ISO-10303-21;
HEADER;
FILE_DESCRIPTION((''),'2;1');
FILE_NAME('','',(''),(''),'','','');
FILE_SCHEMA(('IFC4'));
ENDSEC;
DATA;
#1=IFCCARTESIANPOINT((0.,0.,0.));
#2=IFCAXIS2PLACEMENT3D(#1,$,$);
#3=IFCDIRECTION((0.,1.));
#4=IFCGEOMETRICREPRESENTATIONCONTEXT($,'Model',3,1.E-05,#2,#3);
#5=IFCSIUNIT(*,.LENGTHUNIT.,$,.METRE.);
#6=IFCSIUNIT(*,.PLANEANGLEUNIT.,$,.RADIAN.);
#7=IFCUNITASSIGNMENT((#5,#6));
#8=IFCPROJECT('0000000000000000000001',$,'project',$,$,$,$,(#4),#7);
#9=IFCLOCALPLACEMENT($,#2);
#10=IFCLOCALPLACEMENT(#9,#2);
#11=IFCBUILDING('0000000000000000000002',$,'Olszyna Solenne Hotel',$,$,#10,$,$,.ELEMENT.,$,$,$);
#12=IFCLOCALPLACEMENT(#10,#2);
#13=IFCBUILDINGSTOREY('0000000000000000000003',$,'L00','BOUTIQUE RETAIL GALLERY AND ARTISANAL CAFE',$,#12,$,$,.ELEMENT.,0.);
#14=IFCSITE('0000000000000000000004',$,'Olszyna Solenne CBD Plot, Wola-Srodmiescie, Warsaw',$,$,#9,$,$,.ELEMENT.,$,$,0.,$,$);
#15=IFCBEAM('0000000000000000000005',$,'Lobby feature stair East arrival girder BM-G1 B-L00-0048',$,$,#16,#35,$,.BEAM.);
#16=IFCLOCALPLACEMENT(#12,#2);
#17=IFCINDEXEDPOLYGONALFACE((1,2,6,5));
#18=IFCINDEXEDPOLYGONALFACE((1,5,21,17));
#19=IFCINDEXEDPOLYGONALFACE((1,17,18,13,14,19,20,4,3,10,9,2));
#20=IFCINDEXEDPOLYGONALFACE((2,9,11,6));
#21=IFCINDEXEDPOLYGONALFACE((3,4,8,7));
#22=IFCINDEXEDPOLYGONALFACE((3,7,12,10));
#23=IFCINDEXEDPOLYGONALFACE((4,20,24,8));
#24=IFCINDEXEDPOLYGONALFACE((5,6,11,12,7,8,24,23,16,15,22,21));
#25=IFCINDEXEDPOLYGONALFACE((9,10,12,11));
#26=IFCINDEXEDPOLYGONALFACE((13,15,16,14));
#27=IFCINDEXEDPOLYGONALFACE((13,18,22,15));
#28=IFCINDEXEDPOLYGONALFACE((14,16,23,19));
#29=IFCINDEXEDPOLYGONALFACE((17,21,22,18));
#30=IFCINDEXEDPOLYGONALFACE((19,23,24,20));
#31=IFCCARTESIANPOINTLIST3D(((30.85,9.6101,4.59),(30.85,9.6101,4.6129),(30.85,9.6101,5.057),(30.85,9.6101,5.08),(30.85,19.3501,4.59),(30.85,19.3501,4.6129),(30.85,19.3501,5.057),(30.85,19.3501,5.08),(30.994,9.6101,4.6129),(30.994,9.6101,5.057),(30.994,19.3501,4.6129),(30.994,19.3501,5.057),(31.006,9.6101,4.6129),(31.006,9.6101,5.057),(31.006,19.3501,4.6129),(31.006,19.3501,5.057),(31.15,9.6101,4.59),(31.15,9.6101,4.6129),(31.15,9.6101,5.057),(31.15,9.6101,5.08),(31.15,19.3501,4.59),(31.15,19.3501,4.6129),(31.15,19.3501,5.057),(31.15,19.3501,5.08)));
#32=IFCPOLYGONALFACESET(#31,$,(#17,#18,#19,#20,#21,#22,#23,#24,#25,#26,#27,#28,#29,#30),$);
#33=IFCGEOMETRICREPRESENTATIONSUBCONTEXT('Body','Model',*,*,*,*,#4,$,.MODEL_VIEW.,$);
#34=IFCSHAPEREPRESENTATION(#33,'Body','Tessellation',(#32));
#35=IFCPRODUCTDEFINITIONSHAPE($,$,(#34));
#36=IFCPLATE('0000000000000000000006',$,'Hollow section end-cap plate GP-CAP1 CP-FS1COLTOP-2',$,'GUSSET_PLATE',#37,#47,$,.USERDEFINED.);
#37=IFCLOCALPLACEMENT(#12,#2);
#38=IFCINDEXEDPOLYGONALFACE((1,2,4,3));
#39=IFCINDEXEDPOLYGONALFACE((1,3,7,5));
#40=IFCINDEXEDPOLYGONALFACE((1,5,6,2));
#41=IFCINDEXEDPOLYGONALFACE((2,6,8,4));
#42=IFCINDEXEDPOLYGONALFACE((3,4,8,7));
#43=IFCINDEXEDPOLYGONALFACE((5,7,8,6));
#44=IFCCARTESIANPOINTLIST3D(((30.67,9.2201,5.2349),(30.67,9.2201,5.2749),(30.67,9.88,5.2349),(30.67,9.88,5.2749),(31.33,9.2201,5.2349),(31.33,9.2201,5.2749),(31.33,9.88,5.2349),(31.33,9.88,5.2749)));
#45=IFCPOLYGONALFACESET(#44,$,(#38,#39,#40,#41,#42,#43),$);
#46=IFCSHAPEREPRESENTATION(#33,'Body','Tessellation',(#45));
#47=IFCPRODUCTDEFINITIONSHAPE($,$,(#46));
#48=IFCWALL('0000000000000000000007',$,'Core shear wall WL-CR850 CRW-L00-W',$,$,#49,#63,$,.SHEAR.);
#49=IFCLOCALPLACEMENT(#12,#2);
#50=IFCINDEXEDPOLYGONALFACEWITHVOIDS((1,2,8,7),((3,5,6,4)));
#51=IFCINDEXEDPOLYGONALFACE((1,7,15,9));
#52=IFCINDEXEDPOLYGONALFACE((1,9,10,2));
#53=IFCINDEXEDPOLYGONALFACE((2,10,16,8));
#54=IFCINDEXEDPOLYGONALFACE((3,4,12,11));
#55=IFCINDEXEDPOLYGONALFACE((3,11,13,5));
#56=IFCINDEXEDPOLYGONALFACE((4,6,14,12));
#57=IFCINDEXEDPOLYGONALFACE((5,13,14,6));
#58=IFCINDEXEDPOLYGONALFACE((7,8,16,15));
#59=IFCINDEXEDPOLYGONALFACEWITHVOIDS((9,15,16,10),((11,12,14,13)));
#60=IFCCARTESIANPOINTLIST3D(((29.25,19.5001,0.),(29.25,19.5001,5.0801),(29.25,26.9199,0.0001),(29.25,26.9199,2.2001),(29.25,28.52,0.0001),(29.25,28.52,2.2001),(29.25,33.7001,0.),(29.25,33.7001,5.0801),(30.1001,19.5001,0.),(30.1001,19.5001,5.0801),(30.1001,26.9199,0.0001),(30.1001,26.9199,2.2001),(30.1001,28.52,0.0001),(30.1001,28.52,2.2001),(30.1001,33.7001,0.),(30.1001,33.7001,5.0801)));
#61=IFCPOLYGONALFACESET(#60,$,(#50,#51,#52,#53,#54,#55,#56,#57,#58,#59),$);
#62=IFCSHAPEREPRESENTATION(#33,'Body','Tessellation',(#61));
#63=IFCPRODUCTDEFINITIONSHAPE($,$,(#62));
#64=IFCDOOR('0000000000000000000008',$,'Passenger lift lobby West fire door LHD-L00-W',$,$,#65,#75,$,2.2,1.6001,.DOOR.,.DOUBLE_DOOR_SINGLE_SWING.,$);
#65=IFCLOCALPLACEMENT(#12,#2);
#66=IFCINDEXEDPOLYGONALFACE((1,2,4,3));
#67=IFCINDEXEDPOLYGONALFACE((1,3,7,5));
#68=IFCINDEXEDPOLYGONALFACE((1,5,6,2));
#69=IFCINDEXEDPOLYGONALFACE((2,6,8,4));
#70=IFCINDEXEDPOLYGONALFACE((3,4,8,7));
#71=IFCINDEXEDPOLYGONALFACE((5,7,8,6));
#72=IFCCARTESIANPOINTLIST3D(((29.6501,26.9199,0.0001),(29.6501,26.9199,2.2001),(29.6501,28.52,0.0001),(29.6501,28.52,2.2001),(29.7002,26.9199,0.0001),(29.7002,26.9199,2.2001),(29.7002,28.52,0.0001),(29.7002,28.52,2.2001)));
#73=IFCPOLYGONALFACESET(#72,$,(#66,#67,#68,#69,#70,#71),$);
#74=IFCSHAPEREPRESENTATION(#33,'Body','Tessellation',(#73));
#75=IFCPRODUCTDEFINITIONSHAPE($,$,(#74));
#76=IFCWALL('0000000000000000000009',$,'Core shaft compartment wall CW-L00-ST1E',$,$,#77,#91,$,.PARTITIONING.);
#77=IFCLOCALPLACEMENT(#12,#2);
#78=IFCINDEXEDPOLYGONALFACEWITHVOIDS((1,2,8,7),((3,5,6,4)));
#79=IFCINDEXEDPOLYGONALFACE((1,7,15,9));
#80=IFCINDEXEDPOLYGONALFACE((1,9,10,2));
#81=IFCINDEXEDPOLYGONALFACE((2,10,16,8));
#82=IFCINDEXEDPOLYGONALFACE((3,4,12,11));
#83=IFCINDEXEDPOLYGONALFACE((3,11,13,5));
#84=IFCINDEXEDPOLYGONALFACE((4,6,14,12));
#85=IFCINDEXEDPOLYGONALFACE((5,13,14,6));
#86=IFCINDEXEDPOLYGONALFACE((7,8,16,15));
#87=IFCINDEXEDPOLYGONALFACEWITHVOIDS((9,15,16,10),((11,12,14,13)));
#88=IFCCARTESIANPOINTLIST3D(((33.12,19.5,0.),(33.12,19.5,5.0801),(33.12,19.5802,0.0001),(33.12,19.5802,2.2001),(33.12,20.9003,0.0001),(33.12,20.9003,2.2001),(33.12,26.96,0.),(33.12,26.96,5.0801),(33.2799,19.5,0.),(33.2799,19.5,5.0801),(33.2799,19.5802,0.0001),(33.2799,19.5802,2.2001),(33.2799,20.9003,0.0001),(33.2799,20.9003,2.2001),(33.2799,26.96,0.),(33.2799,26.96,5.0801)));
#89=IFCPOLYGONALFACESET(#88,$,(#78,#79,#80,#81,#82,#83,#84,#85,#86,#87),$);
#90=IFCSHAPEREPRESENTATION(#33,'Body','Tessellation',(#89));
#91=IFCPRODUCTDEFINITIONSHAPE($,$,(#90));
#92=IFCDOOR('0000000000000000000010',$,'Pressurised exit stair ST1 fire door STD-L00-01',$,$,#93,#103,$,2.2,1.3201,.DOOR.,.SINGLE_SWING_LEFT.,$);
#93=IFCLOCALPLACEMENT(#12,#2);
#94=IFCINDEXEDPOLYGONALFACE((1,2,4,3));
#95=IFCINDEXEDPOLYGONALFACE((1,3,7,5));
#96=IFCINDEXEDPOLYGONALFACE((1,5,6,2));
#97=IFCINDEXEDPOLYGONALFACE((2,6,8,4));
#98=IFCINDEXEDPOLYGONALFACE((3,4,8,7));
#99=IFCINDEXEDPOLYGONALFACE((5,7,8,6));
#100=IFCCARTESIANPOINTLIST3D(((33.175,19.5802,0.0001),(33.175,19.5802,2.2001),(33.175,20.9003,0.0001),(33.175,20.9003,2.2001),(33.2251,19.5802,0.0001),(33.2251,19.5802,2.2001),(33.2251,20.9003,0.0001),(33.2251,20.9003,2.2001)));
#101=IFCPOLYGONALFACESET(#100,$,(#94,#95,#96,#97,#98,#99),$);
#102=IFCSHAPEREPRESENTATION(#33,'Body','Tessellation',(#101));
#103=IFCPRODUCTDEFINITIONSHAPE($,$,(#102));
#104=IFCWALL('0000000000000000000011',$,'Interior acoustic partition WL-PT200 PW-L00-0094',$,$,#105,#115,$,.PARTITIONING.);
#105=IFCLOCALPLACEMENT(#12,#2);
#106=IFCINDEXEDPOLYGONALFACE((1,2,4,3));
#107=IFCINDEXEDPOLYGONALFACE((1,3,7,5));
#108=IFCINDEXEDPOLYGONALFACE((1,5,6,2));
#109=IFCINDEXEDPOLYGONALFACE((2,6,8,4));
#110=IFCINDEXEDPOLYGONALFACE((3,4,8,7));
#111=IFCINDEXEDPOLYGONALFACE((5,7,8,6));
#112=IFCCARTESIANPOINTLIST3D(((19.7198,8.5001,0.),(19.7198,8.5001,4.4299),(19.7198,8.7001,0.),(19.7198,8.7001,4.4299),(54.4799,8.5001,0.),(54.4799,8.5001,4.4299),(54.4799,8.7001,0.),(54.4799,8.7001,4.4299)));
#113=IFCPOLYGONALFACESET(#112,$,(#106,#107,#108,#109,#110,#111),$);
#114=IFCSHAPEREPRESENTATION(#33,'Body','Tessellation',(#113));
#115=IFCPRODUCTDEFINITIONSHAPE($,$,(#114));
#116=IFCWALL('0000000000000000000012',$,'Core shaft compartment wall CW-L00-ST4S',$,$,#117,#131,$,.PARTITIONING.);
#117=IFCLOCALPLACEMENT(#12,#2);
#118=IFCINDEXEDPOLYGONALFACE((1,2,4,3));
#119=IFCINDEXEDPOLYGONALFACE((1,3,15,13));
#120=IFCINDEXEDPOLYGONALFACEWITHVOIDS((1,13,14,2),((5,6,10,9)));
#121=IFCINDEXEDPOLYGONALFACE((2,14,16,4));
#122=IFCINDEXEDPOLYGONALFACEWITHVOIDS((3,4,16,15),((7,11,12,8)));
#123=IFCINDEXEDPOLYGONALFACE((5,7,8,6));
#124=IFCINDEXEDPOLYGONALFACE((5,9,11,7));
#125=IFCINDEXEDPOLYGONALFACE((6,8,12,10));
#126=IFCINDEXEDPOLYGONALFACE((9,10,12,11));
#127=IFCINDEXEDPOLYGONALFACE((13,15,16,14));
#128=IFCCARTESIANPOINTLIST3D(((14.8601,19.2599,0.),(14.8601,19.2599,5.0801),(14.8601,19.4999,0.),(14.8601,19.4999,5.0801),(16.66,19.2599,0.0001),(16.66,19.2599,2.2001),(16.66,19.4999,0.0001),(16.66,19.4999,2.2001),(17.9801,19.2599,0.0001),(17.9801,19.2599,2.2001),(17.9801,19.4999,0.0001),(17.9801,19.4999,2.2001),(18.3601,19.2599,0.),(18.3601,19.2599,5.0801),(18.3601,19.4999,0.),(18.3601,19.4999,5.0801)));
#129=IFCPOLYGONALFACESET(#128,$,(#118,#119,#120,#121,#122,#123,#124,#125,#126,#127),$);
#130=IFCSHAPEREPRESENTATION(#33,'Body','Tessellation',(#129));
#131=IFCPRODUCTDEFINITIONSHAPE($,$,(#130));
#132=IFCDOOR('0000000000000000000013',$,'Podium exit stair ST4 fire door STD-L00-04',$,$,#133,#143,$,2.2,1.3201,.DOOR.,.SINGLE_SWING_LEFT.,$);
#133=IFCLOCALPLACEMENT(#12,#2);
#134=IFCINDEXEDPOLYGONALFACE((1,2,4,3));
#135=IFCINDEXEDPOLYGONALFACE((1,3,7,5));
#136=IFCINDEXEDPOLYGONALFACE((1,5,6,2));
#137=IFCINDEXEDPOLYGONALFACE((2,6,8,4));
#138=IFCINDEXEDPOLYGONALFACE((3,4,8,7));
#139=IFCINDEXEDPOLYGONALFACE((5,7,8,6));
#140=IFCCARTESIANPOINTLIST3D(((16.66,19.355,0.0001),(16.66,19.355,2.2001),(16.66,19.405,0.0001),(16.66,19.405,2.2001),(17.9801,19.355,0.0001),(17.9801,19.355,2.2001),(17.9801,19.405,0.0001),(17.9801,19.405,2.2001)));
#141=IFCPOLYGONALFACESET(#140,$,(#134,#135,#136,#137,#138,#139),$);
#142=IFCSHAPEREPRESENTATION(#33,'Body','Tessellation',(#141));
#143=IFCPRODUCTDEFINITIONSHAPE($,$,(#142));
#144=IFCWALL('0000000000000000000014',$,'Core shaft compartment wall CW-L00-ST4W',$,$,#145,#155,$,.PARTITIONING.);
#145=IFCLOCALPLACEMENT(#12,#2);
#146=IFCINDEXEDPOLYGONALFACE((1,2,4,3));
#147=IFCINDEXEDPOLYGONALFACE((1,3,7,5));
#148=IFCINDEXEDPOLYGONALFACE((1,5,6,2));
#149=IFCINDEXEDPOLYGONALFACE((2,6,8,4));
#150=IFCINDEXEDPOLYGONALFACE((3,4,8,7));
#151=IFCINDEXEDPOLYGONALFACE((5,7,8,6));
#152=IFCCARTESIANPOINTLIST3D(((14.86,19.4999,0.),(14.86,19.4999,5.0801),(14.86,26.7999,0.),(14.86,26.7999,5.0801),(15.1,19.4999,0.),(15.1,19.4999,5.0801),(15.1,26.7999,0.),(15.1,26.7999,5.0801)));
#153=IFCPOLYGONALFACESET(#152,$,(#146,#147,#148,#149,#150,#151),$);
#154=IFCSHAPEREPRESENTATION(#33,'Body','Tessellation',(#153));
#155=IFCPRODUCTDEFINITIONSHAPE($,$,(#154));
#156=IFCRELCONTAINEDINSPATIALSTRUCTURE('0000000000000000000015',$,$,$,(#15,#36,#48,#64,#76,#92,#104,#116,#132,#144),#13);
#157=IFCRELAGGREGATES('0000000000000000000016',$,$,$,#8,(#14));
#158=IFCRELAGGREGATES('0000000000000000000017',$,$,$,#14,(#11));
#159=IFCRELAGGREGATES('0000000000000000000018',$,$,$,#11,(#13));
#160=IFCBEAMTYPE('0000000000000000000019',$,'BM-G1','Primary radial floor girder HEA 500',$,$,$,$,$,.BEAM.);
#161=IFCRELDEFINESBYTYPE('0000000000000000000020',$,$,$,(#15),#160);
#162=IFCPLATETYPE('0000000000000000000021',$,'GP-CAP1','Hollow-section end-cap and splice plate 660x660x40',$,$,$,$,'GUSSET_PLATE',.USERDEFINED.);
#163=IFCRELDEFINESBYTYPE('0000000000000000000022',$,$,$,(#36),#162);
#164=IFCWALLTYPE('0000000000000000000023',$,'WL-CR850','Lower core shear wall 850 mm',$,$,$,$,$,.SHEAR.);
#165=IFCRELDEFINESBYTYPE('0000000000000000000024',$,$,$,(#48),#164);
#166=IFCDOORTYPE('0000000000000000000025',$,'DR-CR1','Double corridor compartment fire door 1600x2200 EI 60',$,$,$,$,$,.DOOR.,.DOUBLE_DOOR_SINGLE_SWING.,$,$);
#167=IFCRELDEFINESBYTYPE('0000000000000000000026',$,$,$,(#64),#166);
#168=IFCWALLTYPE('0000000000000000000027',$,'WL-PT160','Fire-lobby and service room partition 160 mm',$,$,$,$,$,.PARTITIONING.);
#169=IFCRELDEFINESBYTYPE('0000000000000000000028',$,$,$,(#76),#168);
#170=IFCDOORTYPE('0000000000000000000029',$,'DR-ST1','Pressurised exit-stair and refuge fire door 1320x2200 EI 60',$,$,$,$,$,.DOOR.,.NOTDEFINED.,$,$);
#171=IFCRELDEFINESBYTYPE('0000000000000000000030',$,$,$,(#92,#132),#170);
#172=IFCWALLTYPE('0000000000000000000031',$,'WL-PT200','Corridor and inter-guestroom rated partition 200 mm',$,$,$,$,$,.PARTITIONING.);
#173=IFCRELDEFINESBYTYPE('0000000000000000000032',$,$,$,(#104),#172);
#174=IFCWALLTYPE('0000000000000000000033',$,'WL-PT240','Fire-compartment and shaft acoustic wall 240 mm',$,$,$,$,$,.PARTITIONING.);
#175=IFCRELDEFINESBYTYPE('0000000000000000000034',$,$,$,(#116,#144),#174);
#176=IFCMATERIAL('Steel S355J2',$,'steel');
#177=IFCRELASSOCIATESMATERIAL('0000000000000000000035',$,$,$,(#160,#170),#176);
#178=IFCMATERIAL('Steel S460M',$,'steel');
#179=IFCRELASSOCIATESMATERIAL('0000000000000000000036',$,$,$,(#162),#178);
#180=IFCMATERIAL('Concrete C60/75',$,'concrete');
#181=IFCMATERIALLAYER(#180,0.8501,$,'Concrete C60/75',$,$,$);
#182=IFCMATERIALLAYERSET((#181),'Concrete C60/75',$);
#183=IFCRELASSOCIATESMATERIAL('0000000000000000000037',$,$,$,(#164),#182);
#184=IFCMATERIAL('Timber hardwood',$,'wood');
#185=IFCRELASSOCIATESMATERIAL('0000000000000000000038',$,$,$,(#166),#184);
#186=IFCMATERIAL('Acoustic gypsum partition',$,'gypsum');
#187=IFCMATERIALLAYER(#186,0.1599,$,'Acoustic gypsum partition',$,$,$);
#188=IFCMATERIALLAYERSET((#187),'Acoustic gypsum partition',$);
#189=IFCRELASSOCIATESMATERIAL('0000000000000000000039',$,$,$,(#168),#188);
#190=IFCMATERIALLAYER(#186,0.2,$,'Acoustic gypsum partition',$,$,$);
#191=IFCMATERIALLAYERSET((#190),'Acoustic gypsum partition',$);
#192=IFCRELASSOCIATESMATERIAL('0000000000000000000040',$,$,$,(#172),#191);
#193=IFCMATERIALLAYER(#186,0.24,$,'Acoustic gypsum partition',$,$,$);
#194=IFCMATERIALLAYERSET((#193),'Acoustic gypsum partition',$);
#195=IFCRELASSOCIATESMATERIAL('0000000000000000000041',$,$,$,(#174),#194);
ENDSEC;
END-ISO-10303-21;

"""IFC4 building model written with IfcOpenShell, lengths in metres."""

from ifc_helpers import new_model, si_unit, direction, frame, frame_2d, origin, origin_2d, place, context, subcontext, project, spatial, rectangle, i_section, extrude, source, transform, mapped, material, layer, layer_set, material_profile, profile_set, type_object, type_shapes, element, fill, save


model = new_model("IFC4")

# Units and contexts
model_context = context("Model", 3, precision=1e-05, world=origin(), true_north=direction((0.0, 1.0)))
body_context = subcontext(model_context, "Body", "Model", "MODEL_VIEW")
ifc_project = project(units=[si_unit("LENGTHUNIT", "METRE"), si_unit("PLANEANGLEUNIT", "RADIAN")], contexts=[model_context])

# Site, building, storey
site_placement = place(None, origin())
site = spatial("IfcSite", under=ifc_project, at=site_placement, Name="Olszyna Solenne CBD Plot, Wola-Srodmiescie, Warsaw", CompositionType="ELEMENT", RefElevation=0.0)
building_placement = place(site_placement, origin())
building = spatial("IfcBuilding", under=site, at=building_placement, Name="Olszyna Solenne Hotel", CompositionType="ELEMENT")
storey_placement = place(building_placement, origin())
storey = spatial("IfcBuildingStorey", under=building, at=storey_placement, Name="L00", Description="BOUTIQUE RETAIL GALLERY AND ARTISANAL CAFE", CompositionType="ELEMENT", Elevation=0.0)

# Shared definitions
ifc_material_1 = material(Name="Concrete C60/75", Category="concrete")
ifc_material_2 = material(Name="Steel S460M", Category="steel")

# Beam
ifc_material_3 = material(Name="Steel S355J2", Category="steel")
ifc_material_profile_1 = material_profile(ifc_material_3, i_section(OverallWidth=0.3, OverallDepth=0.49, WebThickness=0.012, FlangeThickness=0.0229, at=origin_2d()), Name="HEA 500", Category="load-bearing")
ifc_profile_set_1 = profile_set([ifc_material_profile_1], Name="Steel S355J2")
beam_type_1 = type_object("IfcBeamType", Name="BM-G1", Description="Primary radial floor girder HEA 500", PredefinedType="BEAM", material=ifc_profile_set_1)
shared_shape_1 = source(origin(), body_context, "Body", "SweptSolid", [
    extrude(i_section(OverallWidth=0.3, OverallDepth=0.49, WebThickness=0.012, FlangeThickness=0.0229, at=origin_2d()), origin(), (0.0, 0.0, 1.0), 9.74),
])
beam_1_placement = place(storey_placement, frame((31.0, 9.6101, 4.835), z_axis=(0.0, 1.0, 0.0), x_axis=(-1.0, 0.0, 0.0)))
element("IfcBeam", 1, at=beam_1_placement, inside=storey, type_object=beam_type_1, Name="Lobby feature stair East arrival girder BM-G1 B-L00-0048", PredefinedType="BEAM", context=body_context, shape_type="MappedRepresentation", body=[
    mapped(shared_shape_1, transform((0.0, 0.0, 0.0), x_axis=(1.0, 0.0, 0.0), y_axis=(0.0, 1.0, 0.0), z_axis=(0.0, 0.0, 1.0), scale=1.0)),
])

# Plate
plate_type = type_object("IfcPlateType", Name="GP-CAP1", Description="Hollow-section end-cap and splice plate 660x660x40", ElementType="GUSSET_PLATE", PredefinedType="USERDEFINED", material=ifc_material_2)
shared_shape_2 = source(origin(), body_context, "Body", "SweptSolid", [
    extrude(rectangle(XDim=0.6599, YDim=0.6599, at=origin_2d()), origin(), (0.0, 0.0, 1.0), 0.04),
])
plate_placement = place(storey_placement, frame((31.0, 9.55, 5.2349), z_axis=(0.0, 0.0, 1.0), x_axis=(1.0, 0.0, 0.0)))
element("IfcPlate", 2, at=plate_placement, inside=storey, type_object=plate_type, Name="Hollow section end-cap plate GP-CAP1 CP-FS1COLTOP-2", ObjectType="GUSSET_PLATE", PredefinedType="USERDEFINED", context=body_context, shape_type="MappedRepresentation", body=[
    mapped(shared_shape_2, transform((0.0, 0.0, 0.0), x_axis=(1.0, 0.0, 0.0), y_axis=(0.0, 1.0, 0.0), z_axis=(0.0, 0.0, 1.0), scale=1.0)),
])

# Walls, openings, doors
ifc_layer_1 = layer(ifc_material_1, 0.8501, Name="Concrete C60/75")
ifc_layer_set_1 = layer_set([ifc_layer_1], Name="Concrete C60/75")
wall_type_1 = type_object("IfcWallType", Name="WL-CR850", Description="Lower core shear wall 850 mm", PredefinedType="SHEAR", material=ifc_layer_set_1)
wall_1_placement = place(storey_placement, frame((29.675, 19.5, 0.0), z_axis=(0.0, 0.0, 1.0), x_axis=(0.0, 1.0, 0.0)))
wall_1 = element("IfcWall", 3, at=wall_1_placement, inside=storey, type_object=wall_type_1, Name="Core shear wall WL-CR850 CRW-L00-W", PredefinedType="SHEAR", context=body_context, shape_type="SweptSolid", body=[
    extrude(rectangle(XDim=14.2, YDim=0.8501, at=frame_2d((7.1001, 0.0))), origin(), (0.0, 0.0, 1.0), 5.0801),
])
opening_1_placement = place(wall_1_placement, frame((7.4199, 0.0, 0.0)))
opening_1 = element("IfcOpeningElement", 4, at=opening_1_placement, cuts=wall_1, PredefinedType="OPENING", context=body_context, shape_type="SweptSolid", body=[
    extrude(rectangle(XDim=1.6001, YDim=2.2, at=frame_2d((0.8, 1.1001))), frame((0.0, 0.4351, 0.0), z_axis=(0.0, -1.0, 0.0), x_axis=(1.0, 0.0, 0.0)), (0.0, 0.0, 1.0), 0.8701),
])
ifc_material_4 = material(Name="Timber hardwood", Category="wood")
door_type_1 = type_object("IfcDoorType", Name="DR-CR1", Description="Double corridor compartment fire door 1600x2200 EI 60", OperationType="DOUBLE_DOOR_SINGLE_SWING", PredefinedType="DOOR", material=ifc_material_4)
shared_shape_3 = source(origin(), body_context, "Body", "SweptSolid", [
    extrude(rectangle(XDim=1.6001, YDim=2.2, at=frame_2d((0.8, 1.1001))), frame((0.0, 0.0249, 0.0), z_axis=(0.0, -1.0, 0.0), x_axis=(1.0, 0.0, 0.0)), (0.0, 0.0, 1.0), 0.05),
])
type_shapes(door_type_1, [shared_shape_3])
door_1_placement = place(opening_1_placement, origin())
door_1 = element("IfcDoor", 5, at=door_1_placement, inside=storey, type_object=door_type_1, Name="Passenger lift lobby West fire door LHD-L00-W", OperationType="DOUBLE_DOOR_SINGLE_SWING", OverallHeight=2.2, OverallWidth=1.6001, PredefinedType="DOOR", context=body_context, shape_type="MappedRepresentation", body=[
    mapped(shared_shape_3, transform((0.0, 0.0, 0.0), x_axis=(1.0, 0.0, 0.0), y_axis=(0.0, 1.0, 0.0), z_axis=(0.0, 0.0, 1.0), scale=1.0)),
])
fill(opening_1, door_1)
ifc_material_5 = material(Name="Acoustic gypsum partition", Category="gypsum")
ifc_layer_2 = layer(ifc_material_5, 0.1599, Name="Acoustic gypsum partition")
ifc_layer_set_2 = layer_set([ifc_layer_2], Name="Acoustic gypsum partition")
wall_type_2 = type_object("IfcWallType", Name="WL-PT160", Description="Fire-lobby and service room partition 160 mm", PredefinedType="PARTITIONING", material=ifc_layer_set_2)
wall_2_placement = place(storey_placement, frame((33.2, 19.5, 0.0), z_axis=(0.0, 0.0, 1.0), x_axis=(0.0, 1.0, 0.0)))
wall_2 = element("IfcWall", 6, at=wall_2_placement, inside=storey, type_object=wall_type_2, Name="Core shaft compartment wall CW-L00-ST1E", PredefinedType="PARTITIONING", context=body_context, shape_type="SweptSolid", body=[
    extrude(rectangle(XDim=7.46, YDim=0.1599, at=frame_2d((3.73, 0.0))), origin(), (0.0, 0.0, 1.0), 5.0801),
])
opening_2_placement = place(wall_2_placement, frame((0.0801, 0.0, 0.0)))
opening_2 = element("IfcOpeningElement", 7, at=opening_2_placement, cuts=wall_2, PredefinedType="OPENING", context=body_context, shape_type="SweptSolid", body=[
    extrude(rectangle(XDim=1.3201, YDim=2.2, at=frame_2d((0.6602, 1.1001))), frame((0.0, 0.0898, 0.0), z_axis=(0.0, -1.0, 0.0), x_axis=(1.0, 0.0, 0.0)), (0.0, 0.0, 1.0), 0.1799),
])
door_type_2 = type_object("IfcDoorType", Name="DR-ST1", Description="Pressurised exit-stair and refuge fire door 1320x2200 EI 60", OperationType="NOTDEFINED", PredefinedType="DOOR", material=ifc_material_3)
shared_shape_4 = source(origin(), body_context, "Body", "SweptSolid", [
    extrude(rectangle(XDim=1.3201, YDim=2.2, at=frame_2d((0.6602, 1.1001))), frame((0.0, 0.0249, 0.0), z_axis=(0.0, -1.0, 0.0), x_axis=(1.0, 0.0, 0.0)), (0.0, 0.0, 1.0), 0.05),
])
type_shapes(door_type_2, [shared_shape_4])
door_2_placement = place(opening_2_placement, origin())
door_2 = element("IfcDoor", 8, at=door_2_placement, inside=storey, type_object=door_type_2, Name="Pressurised exit stair ST1 fire door STD-L00-01", OperationType="SINGLE_SWING_LEFT", OverallHeight=2.2, OverallWidth=1.3201, PredefinedType="DOOR", context=body_context, shape_type="MappedRepresentation", body=[
    mapped(shared_shape_4, transform((0.0, 0.0, 0.0), x_axis=(1.0, 0.0, 0.0), y_axis=(0.0, 1.0, 0.0), z_axis=(0.0, 0.0, 1.0), scale=1.0)),
])
fill(opening_2, door_2)

# Wall
ifc_layer_3 = layer(ifc_material_5, 0.2, Name="Acoustic gypsum partition")
ifc_layer_set_3 = layer_set([ifc_layer_3], Name="Acoustic gypsum partition")
wall_type_3 = type_object("IfcWallType", Name="WL-PT200", Description="Corridor and inter-guestroom rated partition 200 mm", PredefinedType="PARTITIONING", material=ifc_layer_set_3)
wall_3_placement = place(storey_placement, frame((19.72, 8.6001, 0.0), z_axis=(0.0, 0.0, 1.0), x_axis=(1.0, 0.0, 0.0)))
element("IfcWall", 9, at=wall_3_placement, inside=storey, type_object=wall_type_3, Name="Interior acoustic partition WL-PT200 PW-L00-0094", PredefinedType="PARTITIONING", context=body_context, shape_type="SweptSolid", body=[
    extrude(rectangle(XDim=34.76, YDim=0.2, at=frame_2d((17.3799, 0.0))), origin(), (0.0, 0.0, 1.0), 4.4299),
])

# Wall, opening, door
ifc_layer_4 = layer(ifc_material_5, 0.24, Name="Acoustic gypsum partition")
ifc_layer_set_4 = layer_set([ifc_layer_4], Name="Acoustic gypsum partition")
wall_type_4 = type_object("IfcWallType", Name="WL-PT240", Description="Fire-compartment and shaft acoustic wall 240 mm", PredefinedType="PARTITIONING", material=ifc_layer_set_4)
wall_4_placement = place(storey_placement, frame((18.3601, 19.3799, 0.0), z_axis=(0.0, 0.0, 1.0), x_axis=(-1.0, 0.0, 0.0)))
wall_4 = element("IfcWall", 10, at=wall_4_placement, inside=storey, type_object=wall_type_4, Name="Core shaft compartment wall CW-L00-ST4S", PredefinedType="PARTITIONING", context=body_context, shape_type="SweptSolid", body=[
    extrude(rectangle(XDim=3.5, YDim=0.24, at=frame_2d((1.75, 0.0))), origin(), (0.0, 0.0, 1.0), 5.0801),
])
opening_3_placement = place(wall_4_placement, frame((0.3799, 0.0, 0.0)))
opening_3 = element("IfcOpeningElement", 11, at=opening_3_placement, cuts=wall_4, PredefinedType="OPENING", context=body_context, shape_type="SweptSolid", body=[
    extrude(rectangle(XDim=1.3201, YDim=2.2, at=frame_2d((0.6602, 1.1001))), frame((0.0, 0.1299, 0.0), z_axis=(0.0, -1.0, 0.0), x_axis=(1.0, 0.0, 0.0)), (0.0, 0.0, 1.0), 0.26),
])
door_3_placement = place(opening_3_placement, origin())
door_3 = element("IfcDoor", 12, at=door_3_placement, inside=storey, type_object=door_type_2, Name="Podium exit stair ST4 fire door STD-L00-04", OperationType="SINGLE_SWING_LEFT", OverallHeight=2.2, OverallWidth=1.3201, PredefinedType="DOOR", context=body_context, shape_type="MappedRepresentation", body=[
    mapped(shared_shape_4, transform((0.0, 0.0, 0.0), x_axis=(1.0, 0.0, 0.0), y_axis=(0.0, 1.0, 0.0), z_axis=(0.0, 0.0, 1.0), scale=1.0)),
])
fill(opening_3, door_3)

# Wall
wall_5_placement = place(storey_placement, frame((14.98, 19.5, 0.0), z_axis=(0.0, 0.0, 1.0), x_axis=(0.0, 1.0, 0.0)))
element("IfcWall", 13, at=wall_5_placement, inside=storey, type_object=wall_type_4, Name="Core shaft compartment wall CW-L00-ST4W", PredefinedType="PARTITIONING", context=body_context, shape_type="SweptSolid", body=[
    extrude(rectangle(XDim=7.3, YDim=0.24, at=frame_2d((3.6499, 0.0))), origin(), (0.0, 0.0, 1.0), 5.0801),
])

save(model, "model.ifc")
